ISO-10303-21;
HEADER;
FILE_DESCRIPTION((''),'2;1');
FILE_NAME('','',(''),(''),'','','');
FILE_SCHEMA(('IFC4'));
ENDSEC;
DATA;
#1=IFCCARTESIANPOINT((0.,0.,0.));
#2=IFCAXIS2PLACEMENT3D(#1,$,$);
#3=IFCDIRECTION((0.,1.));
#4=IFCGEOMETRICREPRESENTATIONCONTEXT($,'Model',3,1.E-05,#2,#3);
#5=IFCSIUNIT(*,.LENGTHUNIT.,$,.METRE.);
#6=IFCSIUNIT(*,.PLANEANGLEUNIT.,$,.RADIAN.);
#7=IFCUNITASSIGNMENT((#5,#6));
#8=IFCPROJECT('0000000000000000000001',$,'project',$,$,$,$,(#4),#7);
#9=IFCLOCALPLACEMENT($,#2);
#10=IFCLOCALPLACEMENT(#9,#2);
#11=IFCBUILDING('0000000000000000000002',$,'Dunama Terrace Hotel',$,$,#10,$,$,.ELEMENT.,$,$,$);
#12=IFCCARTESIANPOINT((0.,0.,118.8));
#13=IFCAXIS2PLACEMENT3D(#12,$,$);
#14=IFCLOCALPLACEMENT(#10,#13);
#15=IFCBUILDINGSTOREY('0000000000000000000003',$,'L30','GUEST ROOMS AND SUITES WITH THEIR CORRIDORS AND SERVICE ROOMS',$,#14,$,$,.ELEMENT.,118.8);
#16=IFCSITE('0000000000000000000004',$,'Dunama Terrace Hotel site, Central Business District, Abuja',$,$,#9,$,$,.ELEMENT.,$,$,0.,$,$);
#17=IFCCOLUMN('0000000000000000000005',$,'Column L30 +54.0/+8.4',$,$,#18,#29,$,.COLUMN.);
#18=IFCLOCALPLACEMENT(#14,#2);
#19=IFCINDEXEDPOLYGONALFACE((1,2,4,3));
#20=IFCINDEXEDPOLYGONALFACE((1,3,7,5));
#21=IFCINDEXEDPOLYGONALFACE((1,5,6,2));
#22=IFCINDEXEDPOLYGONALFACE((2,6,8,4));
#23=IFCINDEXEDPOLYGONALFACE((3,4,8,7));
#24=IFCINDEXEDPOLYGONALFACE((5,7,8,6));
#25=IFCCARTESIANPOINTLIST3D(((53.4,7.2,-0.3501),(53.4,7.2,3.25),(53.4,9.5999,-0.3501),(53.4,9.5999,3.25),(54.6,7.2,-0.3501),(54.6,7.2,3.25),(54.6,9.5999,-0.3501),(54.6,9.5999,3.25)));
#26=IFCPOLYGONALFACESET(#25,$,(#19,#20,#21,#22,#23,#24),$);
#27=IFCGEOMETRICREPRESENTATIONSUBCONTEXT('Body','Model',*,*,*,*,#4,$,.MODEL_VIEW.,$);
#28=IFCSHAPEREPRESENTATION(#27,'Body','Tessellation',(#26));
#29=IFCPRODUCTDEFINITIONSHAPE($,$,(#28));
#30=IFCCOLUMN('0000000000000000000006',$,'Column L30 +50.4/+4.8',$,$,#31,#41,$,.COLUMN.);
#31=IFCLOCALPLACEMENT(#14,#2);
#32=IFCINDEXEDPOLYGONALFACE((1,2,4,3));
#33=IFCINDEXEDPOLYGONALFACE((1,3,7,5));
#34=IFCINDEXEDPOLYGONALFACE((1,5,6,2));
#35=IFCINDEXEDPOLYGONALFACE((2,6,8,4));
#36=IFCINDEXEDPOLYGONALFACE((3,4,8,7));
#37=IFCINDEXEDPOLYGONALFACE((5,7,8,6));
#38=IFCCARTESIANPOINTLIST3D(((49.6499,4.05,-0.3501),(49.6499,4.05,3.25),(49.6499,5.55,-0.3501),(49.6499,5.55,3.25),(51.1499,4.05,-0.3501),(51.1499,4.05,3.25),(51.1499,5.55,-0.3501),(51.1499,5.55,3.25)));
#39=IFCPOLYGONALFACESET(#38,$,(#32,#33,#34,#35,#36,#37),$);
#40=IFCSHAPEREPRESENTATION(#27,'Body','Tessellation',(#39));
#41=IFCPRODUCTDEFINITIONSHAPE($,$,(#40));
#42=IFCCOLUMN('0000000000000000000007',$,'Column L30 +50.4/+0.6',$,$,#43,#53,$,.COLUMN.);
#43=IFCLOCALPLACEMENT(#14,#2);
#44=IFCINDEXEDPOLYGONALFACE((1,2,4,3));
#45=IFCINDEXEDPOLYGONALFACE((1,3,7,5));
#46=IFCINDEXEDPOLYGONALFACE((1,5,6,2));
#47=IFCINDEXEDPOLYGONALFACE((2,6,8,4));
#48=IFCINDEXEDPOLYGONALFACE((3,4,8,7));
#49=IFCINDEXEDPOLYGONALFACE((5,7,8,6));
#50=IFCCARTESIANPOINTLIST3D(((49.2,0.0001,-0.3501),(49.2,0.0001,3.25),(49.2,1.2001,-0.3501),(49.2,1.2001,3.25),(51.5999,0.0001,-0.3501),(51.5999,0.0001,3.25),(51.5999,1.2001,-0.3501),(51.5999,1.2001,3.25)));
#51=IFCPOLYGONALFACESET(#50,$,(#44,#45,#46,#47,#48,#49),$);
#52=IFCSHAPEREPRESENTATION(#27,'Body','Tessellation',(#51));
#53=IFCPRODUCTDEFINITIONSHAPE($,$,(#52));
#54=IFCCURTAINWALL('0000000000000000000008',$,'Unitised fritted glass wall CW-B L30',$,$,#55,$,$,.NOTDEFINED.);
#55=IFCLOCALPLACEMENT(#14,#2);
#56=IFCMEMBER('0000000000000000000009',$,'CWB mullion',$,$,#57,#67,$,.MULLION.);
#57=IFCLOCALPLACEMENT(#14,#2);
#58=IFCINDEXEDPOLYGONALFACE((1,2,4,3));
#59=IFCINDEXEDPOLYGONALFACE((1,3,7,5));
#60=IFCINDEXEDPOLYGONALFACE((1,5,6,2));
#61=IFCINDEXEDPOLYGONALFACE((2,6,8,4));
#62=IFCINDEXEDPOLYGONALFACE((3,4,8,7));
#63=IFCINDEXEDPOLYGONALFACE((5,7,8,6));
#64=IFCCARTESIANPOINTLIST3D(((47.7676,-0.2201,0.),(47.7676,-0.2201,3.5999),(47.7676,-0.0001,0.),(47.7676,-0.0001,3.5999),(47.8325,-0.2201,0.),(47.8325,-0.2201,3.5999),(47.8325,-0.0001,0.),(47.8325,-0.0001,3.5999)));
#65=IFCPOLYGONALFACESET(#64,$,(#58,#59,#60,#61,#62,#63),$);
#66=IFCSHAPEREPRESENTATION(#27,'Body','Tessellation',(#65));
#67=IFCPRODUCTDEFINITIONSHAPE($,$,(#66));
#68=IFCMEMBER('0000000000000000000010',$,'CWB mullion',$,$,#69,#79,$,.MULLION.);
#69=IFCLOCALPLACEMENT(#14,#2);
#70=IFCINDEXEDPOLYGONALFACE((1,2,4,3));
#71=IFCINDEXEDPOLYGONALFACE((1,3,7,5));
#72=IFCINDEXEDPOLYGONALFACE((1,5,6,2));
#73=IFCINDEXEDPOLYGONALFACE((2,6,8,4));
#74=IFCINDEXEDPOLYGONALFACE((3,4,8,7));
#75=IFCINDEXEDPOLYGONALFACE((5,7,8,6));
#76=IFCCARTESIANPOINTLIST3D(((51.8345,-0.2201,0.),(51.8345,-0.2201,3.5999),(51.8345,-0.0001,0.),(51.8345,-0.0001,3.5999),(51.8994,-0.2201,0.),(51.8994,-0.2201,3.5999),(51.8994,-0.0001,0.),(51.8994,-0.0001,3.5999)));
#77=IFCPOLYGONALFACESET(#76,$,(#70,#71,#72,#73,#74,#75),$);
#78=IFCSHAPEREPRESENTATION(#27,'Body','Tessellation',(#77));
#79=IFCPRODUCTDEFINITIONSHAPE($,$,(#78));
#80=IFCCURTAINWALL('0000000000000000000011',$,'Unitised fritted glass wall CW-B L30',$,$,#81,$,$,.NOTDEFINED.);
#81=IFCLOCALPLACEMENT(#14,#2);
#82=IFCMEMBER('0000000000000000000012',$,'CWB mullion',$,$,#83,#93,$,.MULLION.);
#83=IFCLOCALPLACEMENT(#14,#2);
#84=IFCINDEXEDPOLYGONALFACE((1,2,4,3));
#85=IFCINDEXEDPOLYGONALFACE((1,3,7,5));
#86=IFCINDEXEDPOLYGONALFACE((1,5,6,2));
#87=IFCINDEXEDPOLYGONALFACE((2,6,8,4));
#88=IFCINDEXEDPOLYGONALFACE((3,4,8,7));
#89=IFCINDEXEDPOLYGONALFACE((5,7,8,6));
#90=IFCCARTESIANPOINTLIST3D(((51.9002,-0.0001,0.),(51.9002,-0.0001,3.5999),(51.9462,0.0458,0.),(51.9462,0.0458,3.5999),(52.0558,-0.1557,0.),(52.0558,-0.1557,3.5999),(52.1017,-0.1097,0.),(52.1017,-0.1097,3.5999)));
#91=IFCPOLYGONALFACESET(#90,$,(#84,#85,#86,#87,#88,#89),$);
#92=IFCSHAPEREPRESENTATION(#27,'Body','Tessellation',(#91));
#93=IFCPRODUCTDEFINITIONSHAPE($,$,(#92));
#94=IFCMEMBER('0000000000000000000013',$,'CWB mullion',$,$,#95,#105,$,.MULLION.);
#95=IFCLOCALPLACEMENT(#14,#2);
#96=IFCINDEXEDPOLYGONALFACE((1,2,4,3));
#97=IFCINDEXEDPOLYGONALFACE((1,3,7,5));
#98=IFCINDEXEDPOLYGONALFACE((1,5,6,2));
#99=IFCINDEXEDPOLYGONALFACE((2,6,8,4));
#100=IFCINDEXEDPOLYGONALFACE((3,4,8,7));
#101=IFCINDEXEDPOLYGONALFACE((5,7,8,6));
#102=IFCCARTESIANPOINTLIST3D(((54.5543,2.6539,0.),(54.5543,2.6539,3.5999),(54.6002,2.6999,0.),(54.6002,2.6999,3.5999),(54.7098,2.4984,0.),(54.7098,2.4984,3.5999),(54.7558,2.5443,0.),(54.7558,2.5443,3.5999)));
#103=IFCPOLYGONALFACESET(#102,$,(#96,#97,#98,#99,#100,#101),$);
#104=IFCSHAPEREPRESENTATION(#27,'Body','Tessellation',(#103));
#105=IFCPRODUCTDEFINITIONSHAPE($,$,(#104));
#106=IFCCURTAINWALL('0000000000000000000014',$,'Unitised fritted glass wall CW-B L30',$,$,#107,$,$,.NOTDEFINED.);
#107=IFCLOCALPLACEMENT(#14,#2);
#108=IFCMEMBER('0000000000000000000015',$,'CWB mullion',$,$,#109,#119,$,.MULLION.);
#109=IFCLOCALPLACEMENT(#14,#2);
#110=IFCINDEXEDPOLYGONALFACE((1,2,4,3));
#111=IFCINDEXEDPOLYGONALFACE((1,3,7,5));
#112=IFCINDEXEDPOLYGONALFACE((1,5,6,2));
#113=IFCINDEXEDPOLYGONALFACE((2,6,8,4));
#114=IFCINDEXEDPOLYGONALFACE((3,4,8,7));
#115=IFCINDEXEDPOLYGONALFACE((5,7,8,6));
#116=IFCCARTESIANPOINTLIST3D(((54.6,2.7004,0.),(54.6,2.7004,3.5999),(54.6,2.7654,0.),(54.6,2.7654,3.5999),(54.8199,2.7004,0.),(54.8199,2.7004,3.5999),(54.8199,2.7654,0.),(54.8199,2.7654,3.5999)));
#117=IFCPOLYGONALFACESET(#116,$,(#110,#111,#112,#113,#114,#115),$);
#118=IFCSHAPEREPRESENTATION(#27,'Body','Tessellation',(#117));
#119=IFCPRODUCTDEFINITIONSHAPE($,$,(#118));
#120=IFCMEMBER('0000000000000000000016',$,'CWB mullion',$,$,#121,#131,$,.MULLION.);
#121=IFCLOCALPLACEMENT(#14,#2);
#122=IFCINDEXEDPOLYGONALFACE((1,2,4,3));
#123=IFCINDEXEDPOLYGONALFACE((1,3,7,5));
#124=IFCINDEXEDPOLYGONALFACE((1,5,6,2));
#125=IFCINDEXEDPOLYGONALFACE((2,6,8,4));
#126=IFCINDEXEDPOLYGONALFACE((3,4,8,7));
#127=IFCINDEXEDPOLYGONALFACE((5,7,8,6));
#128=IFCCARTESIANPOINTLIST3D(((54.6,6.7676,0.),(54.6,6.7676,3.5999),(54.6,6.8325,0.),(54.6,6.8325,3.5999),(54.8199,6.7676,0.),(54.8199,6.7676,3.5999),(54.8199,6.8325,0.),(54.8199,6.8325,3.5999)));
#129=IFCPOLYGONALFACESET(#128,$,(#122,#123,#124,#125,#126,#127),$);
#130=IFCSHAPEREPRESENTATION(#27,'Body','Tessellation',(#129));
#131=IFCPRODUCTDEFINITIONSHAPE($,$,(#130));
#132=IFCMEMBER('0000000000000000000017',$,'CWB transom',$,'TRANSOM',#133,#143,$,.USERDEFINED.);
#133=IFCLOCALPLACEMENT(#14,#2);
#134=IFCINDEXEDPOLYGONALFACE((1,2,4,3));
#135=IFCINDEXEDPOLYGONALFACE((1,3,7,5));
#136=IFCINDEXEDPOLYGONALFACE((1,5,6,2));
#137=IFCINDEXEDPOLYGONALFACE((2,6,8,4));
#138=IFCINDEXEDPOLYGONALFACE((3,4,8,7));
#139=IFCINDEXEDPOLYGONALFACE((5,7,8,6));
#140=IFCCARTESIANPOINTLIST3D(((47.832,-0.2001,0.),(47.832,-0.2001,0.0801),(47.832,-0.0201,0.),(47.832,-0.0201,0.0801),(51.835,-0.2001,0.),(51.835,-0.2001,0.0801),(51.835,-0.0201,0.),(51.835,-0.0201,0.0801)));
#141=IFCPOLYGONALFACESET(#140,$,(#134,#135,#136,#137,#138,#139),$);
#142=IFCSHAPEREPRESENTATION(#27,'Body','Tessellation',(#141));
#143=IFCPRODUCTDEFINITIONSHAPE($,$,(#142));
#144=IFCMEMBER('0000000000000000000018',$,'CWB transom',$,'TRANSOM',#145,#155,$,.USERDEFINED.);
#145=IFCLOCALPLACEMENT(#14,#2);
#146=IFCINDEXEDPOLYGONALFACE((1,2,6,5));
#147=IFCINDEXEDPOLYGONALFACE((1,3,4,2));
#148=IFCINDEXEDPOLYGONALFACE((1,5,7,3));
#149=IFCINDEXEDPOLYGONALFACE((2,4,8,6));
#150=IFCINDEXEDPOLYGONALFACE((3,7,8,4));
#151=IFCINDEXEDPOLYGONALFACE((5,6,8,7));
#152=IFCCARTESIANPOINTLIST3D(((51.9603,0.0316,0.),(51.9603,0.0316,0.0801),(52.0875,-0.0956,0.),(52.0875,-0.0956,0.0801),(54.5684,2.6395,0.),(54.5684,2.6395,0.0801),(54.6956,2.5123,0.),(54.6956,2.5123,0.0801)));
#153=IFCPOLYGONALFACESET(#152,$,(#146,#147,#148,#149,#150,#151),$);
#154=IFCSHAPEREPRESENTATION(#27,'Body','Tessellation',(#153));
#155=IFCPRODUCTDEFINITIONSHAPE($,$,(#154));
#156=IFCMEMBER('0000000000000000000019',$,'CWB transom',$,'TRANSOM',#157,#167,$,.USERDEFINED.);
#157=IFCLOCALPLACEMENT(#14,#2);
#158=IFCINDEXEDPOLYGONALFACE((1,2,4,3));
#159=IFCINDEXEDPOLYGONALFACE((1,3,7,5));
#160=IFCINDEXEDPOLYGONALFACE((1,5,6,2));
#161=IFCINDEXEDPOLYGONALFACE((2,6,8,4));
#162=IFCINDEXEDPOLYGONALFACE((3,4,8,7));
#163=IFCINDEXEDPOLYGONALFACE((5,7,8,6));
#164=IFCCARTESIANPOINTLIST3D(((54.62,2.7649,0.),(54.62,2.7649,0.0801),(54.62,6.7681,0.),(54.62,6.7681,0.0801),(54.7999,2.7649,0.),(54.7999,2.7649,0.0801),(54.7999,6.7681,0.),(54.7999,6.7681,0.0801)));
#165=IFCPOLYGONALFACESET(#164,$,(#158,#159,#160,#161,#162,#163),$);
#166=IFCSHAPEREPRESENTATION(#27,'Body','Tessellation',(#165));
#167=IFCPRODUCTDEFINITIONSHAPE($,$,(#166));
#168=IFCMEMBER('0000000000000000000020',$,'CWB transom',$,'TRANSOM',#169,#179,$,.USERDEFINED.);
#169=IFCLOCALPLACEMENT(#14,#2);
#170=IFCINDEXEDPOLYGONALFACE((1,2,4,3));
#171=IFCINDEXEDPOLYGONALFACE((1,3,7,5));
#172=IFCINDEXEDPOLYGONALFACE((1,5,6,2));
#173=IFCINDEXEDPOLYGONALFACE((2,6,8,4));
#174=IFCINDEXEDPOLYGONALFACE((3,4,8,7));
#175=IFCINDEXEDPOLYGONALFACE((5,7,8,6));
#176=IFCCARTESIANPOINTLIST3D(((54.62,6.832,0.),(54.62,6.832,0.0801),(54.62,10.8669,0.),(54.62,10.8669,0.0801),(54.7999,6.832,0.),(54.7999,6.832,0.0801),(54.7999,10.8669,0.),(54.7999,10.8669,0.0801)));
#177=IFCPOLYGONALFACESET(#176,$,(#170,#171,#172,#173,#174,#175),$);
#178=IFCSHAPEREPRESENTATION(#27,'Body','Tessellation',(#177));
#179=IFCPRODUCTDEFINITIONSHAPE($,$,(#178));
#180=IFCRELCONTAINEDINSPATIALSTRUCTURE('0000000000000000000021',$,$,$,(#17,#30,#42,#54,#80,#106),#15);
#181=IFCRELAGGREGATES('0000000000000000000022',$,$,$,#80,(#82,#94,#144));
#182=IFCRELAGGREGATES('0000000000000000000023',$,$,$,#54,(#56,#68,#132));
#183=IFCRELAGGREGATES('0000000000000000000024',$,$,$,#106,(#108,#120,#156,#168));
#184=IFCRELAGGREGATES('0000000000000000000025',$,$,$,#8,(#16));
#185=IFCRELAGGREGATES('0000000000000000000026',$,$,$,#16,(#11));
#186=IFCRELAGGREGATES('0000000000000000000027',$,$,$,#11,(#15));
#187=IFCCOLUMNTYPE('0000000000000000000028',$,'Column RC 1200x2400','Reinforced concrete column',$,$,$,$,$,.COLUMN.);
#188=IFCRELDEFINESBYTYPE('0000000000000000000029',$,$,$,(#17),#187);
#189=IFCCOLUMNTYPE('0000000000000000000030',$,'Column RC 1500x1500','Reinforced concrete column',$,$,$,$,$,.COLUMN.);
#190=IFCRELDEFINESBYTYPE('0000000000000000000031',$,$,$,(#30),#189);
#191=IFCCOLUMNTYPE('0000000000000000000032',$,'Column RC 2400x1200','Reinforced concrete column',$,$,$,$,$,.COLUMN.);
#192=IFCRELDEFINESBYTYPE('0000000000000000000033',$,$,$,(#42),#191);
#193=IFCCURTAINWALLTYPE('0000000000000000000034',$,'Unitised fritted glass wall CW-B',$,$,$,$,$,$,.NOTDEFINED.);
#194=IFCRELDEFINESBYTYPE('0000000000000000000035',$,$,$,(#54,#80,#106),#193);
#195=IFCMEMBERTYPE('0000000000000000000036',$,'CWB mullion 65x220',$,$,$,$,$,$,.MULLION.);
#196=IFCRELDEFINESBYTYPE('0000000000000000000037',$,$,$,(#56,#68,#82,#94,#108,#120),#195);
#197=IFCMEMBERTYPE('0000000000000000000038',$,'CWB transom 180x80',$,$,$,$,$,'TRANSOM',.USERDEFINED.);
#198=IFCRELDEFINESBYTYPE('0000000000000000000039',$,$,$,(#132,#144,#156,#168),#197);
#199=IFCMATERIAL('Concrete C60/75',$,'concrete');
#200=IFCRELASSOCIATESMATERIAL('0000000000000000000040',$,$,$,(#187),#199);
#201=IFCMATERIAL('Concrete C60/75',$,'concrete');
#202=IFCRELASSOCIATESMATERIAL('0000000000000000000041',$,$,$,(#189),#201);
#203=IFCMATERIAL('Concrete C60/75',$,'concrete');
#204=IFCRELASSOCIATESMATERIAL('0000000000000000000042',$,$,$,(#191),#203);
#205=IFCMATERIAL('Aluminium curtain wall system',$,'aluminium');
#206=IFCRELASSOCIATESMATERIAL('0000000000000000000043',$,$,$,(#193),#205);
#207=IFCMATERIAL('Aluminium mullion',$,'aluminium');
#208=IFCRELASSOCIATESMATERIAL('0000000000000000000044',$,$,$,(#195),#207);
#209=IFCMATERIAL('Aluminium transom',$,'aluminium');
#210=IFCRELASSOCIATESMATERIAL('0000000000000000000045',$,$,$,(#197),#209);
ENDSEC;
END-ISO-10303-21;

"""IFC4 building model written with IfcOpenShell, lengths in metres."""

from ifc_helpers import new_model, si_unit, direction, frame, origin, origin_2d, place, context, subcontext, project, spatial, rectangle, extrude, material, material_profile, profile_set, type_object, element, aggregate, save


model = new_model("IFC4")

# Units and contexts
model_context = context("Model", 3, precision=1e-05, world=origin(), true_north=direction((0.0, 1.0)))
body_context = subcontext(model_context, "Body", "Model", "MODEL_VIEW")
ifc_project = project(units=[si_unit("LENGTHUNIT", "METRE"), si_unit("PLANEANGLEUNIT", "RADIAN")], contexts=[model_context])

# Site, building, storey
site_placement = place(None, origin())
site = spatial("IfcSite", under=ifc_project, at=site_placement, Name="Dunama Terrace Hotel site, Central Business District, Abuja", CompositionType="ELEMENT", RefElevation=0.0)
building_placement = place(site_placement, origin())
building = spatial("IfcBuilding", under=site, at=building_placement, Name="Dunama Terrace Hotel", CompositionType="ELEMENT")
storey_placement = place(building_placement, frame((0.0, 0.0, 118.8)))
storey = spatial("IfcBuildingStorey", under=building, at=storey_placement, Name="L30", Description="GUEST ROOMS AND SUITES WITH THEIR CORRIDORS AND SERVICE ROOMS", CompositionType="ELEMENT", Elevation=118.8)

# Columns
ifc_material_1 = material(Name="Concrete C60/75", Category="concrete")
ifc_material_profile_1 = material_profile(ifc_material_1, rectangle(XDim=1.2, YDim=2.3999, at=origin_2d()), Name="RC 1200x2400")
ifc_profile_set_1 = profile_set([ifc_material_profile_1], Name="Concrete C60/75")
column_type_1 = type_object("IfcColumnType", Name="Column RC 1200x2400", Description="Reinforced concrete column", PredefinedType="COLUMN", material=ifc_profile_set_1)
column_1_placement = place(storey_placement, frame((54.0, 8.3999, -0.3501), z_axis=(0.0, 0.0, 1.0), x_axis=(1.0, 0.0, 0.0)))
element("IfcColumn", 1, at=column_1_placement, inside=storey, type_object=column_type_1, Name="Column L30 +54.0/+8.4", PredefinedType="COLUMN", context=body_context, shape_type="SweptSolid", body=[
    extrude(rectangle(XDim=1.2, YDim=2.3999, at=origin_2d()), origin(), (0.0, 0.0, 1.0), 3.6001),
])
ifc_material_2 = material(Name="Concrete C60/75", Category="concrete")
ifc_material_profile_2 = material_profile(ifc_material_2, rectangle(XDim=1.5, YDim=1.5, at=origin_2d()), Name="RC 1500x1500")
ifc_profile_set_2 = profile_set([ifc_material_profile_2], Name="Concrete C60/75")
column_type_2 = type_object("IfcColumnType", Name="Column RC 1500x1500", Description="Reinforced concrete column", PredefinedType="COLUMN", material=ifc_profile_set_2)
column_2_placement = place(storey_placement, frame((50.3999, 4.8, -0.3501), z_axis=(0.0, 0.0, 1.0), x_axis=(1.0, 0.0, 0.0)))
element("IfcColumn", 2, at=column_2_placement, inside=storey, type_object=column_type_2, Name="Column L30 +50.4/+4.8", PredefinedType="COLUMN", context=body_context, shape_type="SweptSolid", body=[
    extrude(rectangle(XDim=1.5, YDim=1.5, at=origin_2d()), origin(), (0.0, 0.0, 1.0), 3.6001),
])
ifc_material_3 = material(Name="Concrete C60/75", Category="concrete")
ifc_material_profile_3 = material_profile(ifc_material_3, rectangle(XDim=2.3999, YDim=1.2, at=origin_2d()), Name="RC 2400x1200")
ifc_profile_set_3 = profile_set([ifc_material_profile_3], Name="Concrete C60/75")
column_type_3 = type_object("IfcColumnType", Name="Column RC 2400x1200", Description="Reinforced concrete column", PredefinedType="COLUMN", material=ifc_profile_set_3)
column_3_placement = place(storey_placement, frame((50.3999, 0.6001, -0.3501), z_axis=(0.0, 0.0, 1.0), x_axis=(1.0, 0.0, 0.0)))
element("IfcColumn", 3, at=column_3_placement, inside=storey, type_object=column_type_3, Name="Column L30 +50.4/+0.6", PredefinedType="COLUMN", context=body_context, shape_type="SweptSolid", body=[
    extrude(rectangle(XDim=2.3999, YDim=1.2, at=origin_2d()), origin(), (0.0, 0.0, 1.0), 3.6001),
])

# Curtain walls, members
ifc_material_4 = material(Name="Aluminium curtain wall system", Category="aluminium")
curtain_wall_type = type_object("IfcCurtainWallType", Name="Unitised fritted glass wall CW-B", PredefinedType="NOTDEFINED", material=ifc_material_4)
curtain_wall_1_placement = place(storey_placement, origin())
curtain_wall_1 = element("IfcCurtainWall", 4, at=curtain_wall_1_placement, inside=storey, type_object=curtain_wall_type, Name="Unitised fritted glass wall CW-B L30", PredefinedType="NOTDEFINED")
ifc_material_5 = material(Name="Aluminium mullion", Category="aluminium")
ifc_material_profile_4 = material_profile(ifc_material_5, rectangle(XDim=0.0649, YDim=0.22, at=origin_2d()), Name="CWB MULLION 65X220")
ifc_profile_set_4 = profile_set([ifc_material_profile_4], Name="Aluminium mullion")
member_type_1 = type_object("IfcMemberType", Name="CWB mullion 65x220", PredefinedType="MULLION", material=ifc_profile_set_4)
member_1_placement = place(storey_placement, frame((47.8, -0.1101, 0.0), z_axis=(0.0, 0.0, 1.0), x_axis=(1.0, 0.0, 0.0)))
member_1 = element("IfcMember", 5, at=member_1_placement, type_object=member_type_1, Name="CWB mullion", PredefinedType="MULLION", context=body_context, shape_type="SweptSolid", body=[
    extrude(rectangle(XDim=0.0649, YDim=0.22, at=origin_2d()), origin(), (0.0, 0.0, 1.0), 3.5999),
])
member_2_placement = place(storey_placement, frame((51.8669, -0.1101, 0.0), z_axis=(0.0, 0.0, 1.0), x_axis=(1.0, 0.0, 0.0)))
member_2 = element("IfcMember", 6, at=member_2_placement, type_object=member_type_1, Name="CWB mullion", PredefinedType="MULLION", context=body_context, shape_type="SweptSolid", body=[
    extrude(rectangle(XDim=0.0649, YDim=0.22, at=origin_2d()), origin(), (0.0, 0.0, 1.0), 3.5999),
])
curtain_wall_2_placement = place(storey_placement, origin())
curtain_wall_2 = element("IfcCurtainWall", 7, at=curtain_wall_2_placement, inside=storey, type_object=curtain_wall_type, Name="Unitised fritted glass wall CW-B L30", PredefinedType="NOTDEFINED")
member_3_placement = place(storey_placement, frame((52.001, -0.0549, 0.0), z_axis=(0.0, 0.0, 1.0), x_axis=(0.707107, 0.707107, 0.0)))
member_3 = element("IfcMember", 8, at=member_3_placement, type_object=member_type_1, Name="CWB mullion", PredefinedType="MULLION", context=body_context, shape_type="SweptSolid", body=[
    extrude(rectangle(XDim=0.0649, YDim=0.22, at=origin_2d()), origin(), (0.0, 0.0, 1.0), 3.5999),
])
member_4_placement = place(storey_placement, frame((54.655, 2.5991, 0.0), z_axis=(0.0, 0.0, 1.0), x_axis=(0.707107, 0.707107, 0.0)))
member_4 = element("IfcMember", 9, at=member_4_placement, type_object=member_type_1, Name="CWB mullion", PredefinedType="MULLION", context=body_context, shape_type="SweptSolid", body=[
    extrude(rectangle(XDim=0.0649, YDim=0.22, at=origin_2d()), origin(), (0.0, 0.0, 1.0), 3.5999),
])
curtain_wall_3_placement = place(storey_placement, origin())
curtain_wall_3 = element("IfcCurtainWall", 10, at=curtain_wall_3_placement, inside=storey, type_object=curtain_wall_type, Name="Unitised fritted glass wall CW-B L30", PredefinedType="NOTDEFINED")
member_5_placement = place(storey_placement, frame((54.71, 2.7329, 0.0), z_axis=(0.0, 0.0, 1.0), x_axis=(0.0, 1.0, 0.0)))
member_5 = element("IfcMember", 11, at=member_5_placement, type_object=member_type_1, Name="CWB mullion", PredefinedType="MULLION", context=body_context, shape_type="SweptSolid", body=[
    extrude(rectangle(XDim=0.0649, YDim=0.22, at=origin_2d()), origin(), (0.0, 0.0, 1.0), 3.5999),
])
member_6_placement = place(storey_placement, frame((54.71, 6.8, 0.0), z_axis=(0.0, 0.0, 1.0), x_axis=(0.0, 1.0, 0.0)))
member_6 = element("IfcMember", 12, at=member_6_placement, type_object=member_type_1, Name="CWB mullion", PredefinedType="MULLION", context=body_context, shape_type="SweptSolid", body=[
    extrude(rectangle(XDim=0.0649, YDim=0.22, at=origin_2d()), origin(), (0.0, 0.0, 1.0), 3.5999),
])

# Members
ifc_material_6 = material(Name="Aluminium transom", Category="aluminium")
ifc_material_profile_5 = material_profile(ifc_material_6, rectangle(XDim=0.1799, YDim=0.0801, at=origin_2d()), Name="CWB TRANSOM 180X80")
ifc_profile_set_5 = profile_set([ifc_material_profile_5], Name="Aluminium transom")
member_type_2 = type_object("IfcMemberType", Name="CWB transom 180x80", ElementType="TRANSOM", PredefinedType="USERDEFINED", material=ifc_profile_set_5)
member_7_placement = place(storey_placement, frame((47.832, -0.1101, 0.04), z_axis=(1.0, 0.0, 0.0), x_axis=(0.0, 1.0, 0.0)))
member_7 = element("IfcMember", 13, at=member_7_placement, type_object=member_type_2, Name="CWB transom", ObjectType="TRANSOM", PredefinedType="USERDEFINED", context=body_context, shape_type="SweptSolid", body=[
    extrude(rectangle(XDim=0.1799, YDim=0.0801, at=origin_2d()), origin(), (0.0, 0.0, 1.0), 4.0029),
])
member_8_placement = place(storey_placement, frame((52.0239, -0.032, 0.04), z_axis=(0.70714, 0.707074, 0.0), x_axis=(-0.707074, 0.70714, 0.0)))
member_8 = element("IfcMember", 14, at=member_8_placement, type_object=member_type_2, Name="CWB transom", ObjectType="TRANSOM", PredefinedType="USERDEFINED", context=body_context, shape_type="SweptSolid", body=[
    extrude(rectangle(XDim=0.1799, YDim=0.0801, at=origin_2d()), origin(), (0.0, 0.0, 1.0), 3.6882),
])
member_9_placement = place(storey_placement, frame((54.71, 2.7649, 0.04), z_axis=(0.0, 1.0, 0.0), x_axis=(-1.0, 0.0, 0.0)))
member_9 = element("IfcMember", 15, at=member_9_placement, type_object=member_type_2, Name="CWB transom", ObjectType="TRANSOM", PredefinedType="USERDEFINED", context=body_context, shape_type="SweptSolid", body=[
    extrude(rectangle(XDim=0.1799, YDim=0.0801, at=origin_2d()), origin(), (0.0, 0.0, 1.0), 4.0032),
])
member_10_placement = place(storey_placement, frame((54.71, 6.832, 0.04), z_axis=(0.0, 1.0, 0.0), x_axis=(-1.0, 0.0, 0.0)))
member_10 = element("IfcMember", 16, at=member_10_placement, type_object=member_type_2, Name="CWB transom", ObjectType="TRANSOM", PredefinedType="USERDEFINED", context=body_context, shape_type="SweptSolid", body=[
    extrude(rectangle(XDim=0.1799, YDim=0.0801, at=origin_2d()), origin(), (0.0, 0.0, 1.0), 4.0349),
])

aggregate(curtain_wall_2, [member_3, member_4, member_8])
aggregate(curtain_wall_1, [member_1, member_2, member_7])
aggregate(curtain_wall_3, [member_5, member_6, member_9, member_10])

save(model, "model.ifc")
